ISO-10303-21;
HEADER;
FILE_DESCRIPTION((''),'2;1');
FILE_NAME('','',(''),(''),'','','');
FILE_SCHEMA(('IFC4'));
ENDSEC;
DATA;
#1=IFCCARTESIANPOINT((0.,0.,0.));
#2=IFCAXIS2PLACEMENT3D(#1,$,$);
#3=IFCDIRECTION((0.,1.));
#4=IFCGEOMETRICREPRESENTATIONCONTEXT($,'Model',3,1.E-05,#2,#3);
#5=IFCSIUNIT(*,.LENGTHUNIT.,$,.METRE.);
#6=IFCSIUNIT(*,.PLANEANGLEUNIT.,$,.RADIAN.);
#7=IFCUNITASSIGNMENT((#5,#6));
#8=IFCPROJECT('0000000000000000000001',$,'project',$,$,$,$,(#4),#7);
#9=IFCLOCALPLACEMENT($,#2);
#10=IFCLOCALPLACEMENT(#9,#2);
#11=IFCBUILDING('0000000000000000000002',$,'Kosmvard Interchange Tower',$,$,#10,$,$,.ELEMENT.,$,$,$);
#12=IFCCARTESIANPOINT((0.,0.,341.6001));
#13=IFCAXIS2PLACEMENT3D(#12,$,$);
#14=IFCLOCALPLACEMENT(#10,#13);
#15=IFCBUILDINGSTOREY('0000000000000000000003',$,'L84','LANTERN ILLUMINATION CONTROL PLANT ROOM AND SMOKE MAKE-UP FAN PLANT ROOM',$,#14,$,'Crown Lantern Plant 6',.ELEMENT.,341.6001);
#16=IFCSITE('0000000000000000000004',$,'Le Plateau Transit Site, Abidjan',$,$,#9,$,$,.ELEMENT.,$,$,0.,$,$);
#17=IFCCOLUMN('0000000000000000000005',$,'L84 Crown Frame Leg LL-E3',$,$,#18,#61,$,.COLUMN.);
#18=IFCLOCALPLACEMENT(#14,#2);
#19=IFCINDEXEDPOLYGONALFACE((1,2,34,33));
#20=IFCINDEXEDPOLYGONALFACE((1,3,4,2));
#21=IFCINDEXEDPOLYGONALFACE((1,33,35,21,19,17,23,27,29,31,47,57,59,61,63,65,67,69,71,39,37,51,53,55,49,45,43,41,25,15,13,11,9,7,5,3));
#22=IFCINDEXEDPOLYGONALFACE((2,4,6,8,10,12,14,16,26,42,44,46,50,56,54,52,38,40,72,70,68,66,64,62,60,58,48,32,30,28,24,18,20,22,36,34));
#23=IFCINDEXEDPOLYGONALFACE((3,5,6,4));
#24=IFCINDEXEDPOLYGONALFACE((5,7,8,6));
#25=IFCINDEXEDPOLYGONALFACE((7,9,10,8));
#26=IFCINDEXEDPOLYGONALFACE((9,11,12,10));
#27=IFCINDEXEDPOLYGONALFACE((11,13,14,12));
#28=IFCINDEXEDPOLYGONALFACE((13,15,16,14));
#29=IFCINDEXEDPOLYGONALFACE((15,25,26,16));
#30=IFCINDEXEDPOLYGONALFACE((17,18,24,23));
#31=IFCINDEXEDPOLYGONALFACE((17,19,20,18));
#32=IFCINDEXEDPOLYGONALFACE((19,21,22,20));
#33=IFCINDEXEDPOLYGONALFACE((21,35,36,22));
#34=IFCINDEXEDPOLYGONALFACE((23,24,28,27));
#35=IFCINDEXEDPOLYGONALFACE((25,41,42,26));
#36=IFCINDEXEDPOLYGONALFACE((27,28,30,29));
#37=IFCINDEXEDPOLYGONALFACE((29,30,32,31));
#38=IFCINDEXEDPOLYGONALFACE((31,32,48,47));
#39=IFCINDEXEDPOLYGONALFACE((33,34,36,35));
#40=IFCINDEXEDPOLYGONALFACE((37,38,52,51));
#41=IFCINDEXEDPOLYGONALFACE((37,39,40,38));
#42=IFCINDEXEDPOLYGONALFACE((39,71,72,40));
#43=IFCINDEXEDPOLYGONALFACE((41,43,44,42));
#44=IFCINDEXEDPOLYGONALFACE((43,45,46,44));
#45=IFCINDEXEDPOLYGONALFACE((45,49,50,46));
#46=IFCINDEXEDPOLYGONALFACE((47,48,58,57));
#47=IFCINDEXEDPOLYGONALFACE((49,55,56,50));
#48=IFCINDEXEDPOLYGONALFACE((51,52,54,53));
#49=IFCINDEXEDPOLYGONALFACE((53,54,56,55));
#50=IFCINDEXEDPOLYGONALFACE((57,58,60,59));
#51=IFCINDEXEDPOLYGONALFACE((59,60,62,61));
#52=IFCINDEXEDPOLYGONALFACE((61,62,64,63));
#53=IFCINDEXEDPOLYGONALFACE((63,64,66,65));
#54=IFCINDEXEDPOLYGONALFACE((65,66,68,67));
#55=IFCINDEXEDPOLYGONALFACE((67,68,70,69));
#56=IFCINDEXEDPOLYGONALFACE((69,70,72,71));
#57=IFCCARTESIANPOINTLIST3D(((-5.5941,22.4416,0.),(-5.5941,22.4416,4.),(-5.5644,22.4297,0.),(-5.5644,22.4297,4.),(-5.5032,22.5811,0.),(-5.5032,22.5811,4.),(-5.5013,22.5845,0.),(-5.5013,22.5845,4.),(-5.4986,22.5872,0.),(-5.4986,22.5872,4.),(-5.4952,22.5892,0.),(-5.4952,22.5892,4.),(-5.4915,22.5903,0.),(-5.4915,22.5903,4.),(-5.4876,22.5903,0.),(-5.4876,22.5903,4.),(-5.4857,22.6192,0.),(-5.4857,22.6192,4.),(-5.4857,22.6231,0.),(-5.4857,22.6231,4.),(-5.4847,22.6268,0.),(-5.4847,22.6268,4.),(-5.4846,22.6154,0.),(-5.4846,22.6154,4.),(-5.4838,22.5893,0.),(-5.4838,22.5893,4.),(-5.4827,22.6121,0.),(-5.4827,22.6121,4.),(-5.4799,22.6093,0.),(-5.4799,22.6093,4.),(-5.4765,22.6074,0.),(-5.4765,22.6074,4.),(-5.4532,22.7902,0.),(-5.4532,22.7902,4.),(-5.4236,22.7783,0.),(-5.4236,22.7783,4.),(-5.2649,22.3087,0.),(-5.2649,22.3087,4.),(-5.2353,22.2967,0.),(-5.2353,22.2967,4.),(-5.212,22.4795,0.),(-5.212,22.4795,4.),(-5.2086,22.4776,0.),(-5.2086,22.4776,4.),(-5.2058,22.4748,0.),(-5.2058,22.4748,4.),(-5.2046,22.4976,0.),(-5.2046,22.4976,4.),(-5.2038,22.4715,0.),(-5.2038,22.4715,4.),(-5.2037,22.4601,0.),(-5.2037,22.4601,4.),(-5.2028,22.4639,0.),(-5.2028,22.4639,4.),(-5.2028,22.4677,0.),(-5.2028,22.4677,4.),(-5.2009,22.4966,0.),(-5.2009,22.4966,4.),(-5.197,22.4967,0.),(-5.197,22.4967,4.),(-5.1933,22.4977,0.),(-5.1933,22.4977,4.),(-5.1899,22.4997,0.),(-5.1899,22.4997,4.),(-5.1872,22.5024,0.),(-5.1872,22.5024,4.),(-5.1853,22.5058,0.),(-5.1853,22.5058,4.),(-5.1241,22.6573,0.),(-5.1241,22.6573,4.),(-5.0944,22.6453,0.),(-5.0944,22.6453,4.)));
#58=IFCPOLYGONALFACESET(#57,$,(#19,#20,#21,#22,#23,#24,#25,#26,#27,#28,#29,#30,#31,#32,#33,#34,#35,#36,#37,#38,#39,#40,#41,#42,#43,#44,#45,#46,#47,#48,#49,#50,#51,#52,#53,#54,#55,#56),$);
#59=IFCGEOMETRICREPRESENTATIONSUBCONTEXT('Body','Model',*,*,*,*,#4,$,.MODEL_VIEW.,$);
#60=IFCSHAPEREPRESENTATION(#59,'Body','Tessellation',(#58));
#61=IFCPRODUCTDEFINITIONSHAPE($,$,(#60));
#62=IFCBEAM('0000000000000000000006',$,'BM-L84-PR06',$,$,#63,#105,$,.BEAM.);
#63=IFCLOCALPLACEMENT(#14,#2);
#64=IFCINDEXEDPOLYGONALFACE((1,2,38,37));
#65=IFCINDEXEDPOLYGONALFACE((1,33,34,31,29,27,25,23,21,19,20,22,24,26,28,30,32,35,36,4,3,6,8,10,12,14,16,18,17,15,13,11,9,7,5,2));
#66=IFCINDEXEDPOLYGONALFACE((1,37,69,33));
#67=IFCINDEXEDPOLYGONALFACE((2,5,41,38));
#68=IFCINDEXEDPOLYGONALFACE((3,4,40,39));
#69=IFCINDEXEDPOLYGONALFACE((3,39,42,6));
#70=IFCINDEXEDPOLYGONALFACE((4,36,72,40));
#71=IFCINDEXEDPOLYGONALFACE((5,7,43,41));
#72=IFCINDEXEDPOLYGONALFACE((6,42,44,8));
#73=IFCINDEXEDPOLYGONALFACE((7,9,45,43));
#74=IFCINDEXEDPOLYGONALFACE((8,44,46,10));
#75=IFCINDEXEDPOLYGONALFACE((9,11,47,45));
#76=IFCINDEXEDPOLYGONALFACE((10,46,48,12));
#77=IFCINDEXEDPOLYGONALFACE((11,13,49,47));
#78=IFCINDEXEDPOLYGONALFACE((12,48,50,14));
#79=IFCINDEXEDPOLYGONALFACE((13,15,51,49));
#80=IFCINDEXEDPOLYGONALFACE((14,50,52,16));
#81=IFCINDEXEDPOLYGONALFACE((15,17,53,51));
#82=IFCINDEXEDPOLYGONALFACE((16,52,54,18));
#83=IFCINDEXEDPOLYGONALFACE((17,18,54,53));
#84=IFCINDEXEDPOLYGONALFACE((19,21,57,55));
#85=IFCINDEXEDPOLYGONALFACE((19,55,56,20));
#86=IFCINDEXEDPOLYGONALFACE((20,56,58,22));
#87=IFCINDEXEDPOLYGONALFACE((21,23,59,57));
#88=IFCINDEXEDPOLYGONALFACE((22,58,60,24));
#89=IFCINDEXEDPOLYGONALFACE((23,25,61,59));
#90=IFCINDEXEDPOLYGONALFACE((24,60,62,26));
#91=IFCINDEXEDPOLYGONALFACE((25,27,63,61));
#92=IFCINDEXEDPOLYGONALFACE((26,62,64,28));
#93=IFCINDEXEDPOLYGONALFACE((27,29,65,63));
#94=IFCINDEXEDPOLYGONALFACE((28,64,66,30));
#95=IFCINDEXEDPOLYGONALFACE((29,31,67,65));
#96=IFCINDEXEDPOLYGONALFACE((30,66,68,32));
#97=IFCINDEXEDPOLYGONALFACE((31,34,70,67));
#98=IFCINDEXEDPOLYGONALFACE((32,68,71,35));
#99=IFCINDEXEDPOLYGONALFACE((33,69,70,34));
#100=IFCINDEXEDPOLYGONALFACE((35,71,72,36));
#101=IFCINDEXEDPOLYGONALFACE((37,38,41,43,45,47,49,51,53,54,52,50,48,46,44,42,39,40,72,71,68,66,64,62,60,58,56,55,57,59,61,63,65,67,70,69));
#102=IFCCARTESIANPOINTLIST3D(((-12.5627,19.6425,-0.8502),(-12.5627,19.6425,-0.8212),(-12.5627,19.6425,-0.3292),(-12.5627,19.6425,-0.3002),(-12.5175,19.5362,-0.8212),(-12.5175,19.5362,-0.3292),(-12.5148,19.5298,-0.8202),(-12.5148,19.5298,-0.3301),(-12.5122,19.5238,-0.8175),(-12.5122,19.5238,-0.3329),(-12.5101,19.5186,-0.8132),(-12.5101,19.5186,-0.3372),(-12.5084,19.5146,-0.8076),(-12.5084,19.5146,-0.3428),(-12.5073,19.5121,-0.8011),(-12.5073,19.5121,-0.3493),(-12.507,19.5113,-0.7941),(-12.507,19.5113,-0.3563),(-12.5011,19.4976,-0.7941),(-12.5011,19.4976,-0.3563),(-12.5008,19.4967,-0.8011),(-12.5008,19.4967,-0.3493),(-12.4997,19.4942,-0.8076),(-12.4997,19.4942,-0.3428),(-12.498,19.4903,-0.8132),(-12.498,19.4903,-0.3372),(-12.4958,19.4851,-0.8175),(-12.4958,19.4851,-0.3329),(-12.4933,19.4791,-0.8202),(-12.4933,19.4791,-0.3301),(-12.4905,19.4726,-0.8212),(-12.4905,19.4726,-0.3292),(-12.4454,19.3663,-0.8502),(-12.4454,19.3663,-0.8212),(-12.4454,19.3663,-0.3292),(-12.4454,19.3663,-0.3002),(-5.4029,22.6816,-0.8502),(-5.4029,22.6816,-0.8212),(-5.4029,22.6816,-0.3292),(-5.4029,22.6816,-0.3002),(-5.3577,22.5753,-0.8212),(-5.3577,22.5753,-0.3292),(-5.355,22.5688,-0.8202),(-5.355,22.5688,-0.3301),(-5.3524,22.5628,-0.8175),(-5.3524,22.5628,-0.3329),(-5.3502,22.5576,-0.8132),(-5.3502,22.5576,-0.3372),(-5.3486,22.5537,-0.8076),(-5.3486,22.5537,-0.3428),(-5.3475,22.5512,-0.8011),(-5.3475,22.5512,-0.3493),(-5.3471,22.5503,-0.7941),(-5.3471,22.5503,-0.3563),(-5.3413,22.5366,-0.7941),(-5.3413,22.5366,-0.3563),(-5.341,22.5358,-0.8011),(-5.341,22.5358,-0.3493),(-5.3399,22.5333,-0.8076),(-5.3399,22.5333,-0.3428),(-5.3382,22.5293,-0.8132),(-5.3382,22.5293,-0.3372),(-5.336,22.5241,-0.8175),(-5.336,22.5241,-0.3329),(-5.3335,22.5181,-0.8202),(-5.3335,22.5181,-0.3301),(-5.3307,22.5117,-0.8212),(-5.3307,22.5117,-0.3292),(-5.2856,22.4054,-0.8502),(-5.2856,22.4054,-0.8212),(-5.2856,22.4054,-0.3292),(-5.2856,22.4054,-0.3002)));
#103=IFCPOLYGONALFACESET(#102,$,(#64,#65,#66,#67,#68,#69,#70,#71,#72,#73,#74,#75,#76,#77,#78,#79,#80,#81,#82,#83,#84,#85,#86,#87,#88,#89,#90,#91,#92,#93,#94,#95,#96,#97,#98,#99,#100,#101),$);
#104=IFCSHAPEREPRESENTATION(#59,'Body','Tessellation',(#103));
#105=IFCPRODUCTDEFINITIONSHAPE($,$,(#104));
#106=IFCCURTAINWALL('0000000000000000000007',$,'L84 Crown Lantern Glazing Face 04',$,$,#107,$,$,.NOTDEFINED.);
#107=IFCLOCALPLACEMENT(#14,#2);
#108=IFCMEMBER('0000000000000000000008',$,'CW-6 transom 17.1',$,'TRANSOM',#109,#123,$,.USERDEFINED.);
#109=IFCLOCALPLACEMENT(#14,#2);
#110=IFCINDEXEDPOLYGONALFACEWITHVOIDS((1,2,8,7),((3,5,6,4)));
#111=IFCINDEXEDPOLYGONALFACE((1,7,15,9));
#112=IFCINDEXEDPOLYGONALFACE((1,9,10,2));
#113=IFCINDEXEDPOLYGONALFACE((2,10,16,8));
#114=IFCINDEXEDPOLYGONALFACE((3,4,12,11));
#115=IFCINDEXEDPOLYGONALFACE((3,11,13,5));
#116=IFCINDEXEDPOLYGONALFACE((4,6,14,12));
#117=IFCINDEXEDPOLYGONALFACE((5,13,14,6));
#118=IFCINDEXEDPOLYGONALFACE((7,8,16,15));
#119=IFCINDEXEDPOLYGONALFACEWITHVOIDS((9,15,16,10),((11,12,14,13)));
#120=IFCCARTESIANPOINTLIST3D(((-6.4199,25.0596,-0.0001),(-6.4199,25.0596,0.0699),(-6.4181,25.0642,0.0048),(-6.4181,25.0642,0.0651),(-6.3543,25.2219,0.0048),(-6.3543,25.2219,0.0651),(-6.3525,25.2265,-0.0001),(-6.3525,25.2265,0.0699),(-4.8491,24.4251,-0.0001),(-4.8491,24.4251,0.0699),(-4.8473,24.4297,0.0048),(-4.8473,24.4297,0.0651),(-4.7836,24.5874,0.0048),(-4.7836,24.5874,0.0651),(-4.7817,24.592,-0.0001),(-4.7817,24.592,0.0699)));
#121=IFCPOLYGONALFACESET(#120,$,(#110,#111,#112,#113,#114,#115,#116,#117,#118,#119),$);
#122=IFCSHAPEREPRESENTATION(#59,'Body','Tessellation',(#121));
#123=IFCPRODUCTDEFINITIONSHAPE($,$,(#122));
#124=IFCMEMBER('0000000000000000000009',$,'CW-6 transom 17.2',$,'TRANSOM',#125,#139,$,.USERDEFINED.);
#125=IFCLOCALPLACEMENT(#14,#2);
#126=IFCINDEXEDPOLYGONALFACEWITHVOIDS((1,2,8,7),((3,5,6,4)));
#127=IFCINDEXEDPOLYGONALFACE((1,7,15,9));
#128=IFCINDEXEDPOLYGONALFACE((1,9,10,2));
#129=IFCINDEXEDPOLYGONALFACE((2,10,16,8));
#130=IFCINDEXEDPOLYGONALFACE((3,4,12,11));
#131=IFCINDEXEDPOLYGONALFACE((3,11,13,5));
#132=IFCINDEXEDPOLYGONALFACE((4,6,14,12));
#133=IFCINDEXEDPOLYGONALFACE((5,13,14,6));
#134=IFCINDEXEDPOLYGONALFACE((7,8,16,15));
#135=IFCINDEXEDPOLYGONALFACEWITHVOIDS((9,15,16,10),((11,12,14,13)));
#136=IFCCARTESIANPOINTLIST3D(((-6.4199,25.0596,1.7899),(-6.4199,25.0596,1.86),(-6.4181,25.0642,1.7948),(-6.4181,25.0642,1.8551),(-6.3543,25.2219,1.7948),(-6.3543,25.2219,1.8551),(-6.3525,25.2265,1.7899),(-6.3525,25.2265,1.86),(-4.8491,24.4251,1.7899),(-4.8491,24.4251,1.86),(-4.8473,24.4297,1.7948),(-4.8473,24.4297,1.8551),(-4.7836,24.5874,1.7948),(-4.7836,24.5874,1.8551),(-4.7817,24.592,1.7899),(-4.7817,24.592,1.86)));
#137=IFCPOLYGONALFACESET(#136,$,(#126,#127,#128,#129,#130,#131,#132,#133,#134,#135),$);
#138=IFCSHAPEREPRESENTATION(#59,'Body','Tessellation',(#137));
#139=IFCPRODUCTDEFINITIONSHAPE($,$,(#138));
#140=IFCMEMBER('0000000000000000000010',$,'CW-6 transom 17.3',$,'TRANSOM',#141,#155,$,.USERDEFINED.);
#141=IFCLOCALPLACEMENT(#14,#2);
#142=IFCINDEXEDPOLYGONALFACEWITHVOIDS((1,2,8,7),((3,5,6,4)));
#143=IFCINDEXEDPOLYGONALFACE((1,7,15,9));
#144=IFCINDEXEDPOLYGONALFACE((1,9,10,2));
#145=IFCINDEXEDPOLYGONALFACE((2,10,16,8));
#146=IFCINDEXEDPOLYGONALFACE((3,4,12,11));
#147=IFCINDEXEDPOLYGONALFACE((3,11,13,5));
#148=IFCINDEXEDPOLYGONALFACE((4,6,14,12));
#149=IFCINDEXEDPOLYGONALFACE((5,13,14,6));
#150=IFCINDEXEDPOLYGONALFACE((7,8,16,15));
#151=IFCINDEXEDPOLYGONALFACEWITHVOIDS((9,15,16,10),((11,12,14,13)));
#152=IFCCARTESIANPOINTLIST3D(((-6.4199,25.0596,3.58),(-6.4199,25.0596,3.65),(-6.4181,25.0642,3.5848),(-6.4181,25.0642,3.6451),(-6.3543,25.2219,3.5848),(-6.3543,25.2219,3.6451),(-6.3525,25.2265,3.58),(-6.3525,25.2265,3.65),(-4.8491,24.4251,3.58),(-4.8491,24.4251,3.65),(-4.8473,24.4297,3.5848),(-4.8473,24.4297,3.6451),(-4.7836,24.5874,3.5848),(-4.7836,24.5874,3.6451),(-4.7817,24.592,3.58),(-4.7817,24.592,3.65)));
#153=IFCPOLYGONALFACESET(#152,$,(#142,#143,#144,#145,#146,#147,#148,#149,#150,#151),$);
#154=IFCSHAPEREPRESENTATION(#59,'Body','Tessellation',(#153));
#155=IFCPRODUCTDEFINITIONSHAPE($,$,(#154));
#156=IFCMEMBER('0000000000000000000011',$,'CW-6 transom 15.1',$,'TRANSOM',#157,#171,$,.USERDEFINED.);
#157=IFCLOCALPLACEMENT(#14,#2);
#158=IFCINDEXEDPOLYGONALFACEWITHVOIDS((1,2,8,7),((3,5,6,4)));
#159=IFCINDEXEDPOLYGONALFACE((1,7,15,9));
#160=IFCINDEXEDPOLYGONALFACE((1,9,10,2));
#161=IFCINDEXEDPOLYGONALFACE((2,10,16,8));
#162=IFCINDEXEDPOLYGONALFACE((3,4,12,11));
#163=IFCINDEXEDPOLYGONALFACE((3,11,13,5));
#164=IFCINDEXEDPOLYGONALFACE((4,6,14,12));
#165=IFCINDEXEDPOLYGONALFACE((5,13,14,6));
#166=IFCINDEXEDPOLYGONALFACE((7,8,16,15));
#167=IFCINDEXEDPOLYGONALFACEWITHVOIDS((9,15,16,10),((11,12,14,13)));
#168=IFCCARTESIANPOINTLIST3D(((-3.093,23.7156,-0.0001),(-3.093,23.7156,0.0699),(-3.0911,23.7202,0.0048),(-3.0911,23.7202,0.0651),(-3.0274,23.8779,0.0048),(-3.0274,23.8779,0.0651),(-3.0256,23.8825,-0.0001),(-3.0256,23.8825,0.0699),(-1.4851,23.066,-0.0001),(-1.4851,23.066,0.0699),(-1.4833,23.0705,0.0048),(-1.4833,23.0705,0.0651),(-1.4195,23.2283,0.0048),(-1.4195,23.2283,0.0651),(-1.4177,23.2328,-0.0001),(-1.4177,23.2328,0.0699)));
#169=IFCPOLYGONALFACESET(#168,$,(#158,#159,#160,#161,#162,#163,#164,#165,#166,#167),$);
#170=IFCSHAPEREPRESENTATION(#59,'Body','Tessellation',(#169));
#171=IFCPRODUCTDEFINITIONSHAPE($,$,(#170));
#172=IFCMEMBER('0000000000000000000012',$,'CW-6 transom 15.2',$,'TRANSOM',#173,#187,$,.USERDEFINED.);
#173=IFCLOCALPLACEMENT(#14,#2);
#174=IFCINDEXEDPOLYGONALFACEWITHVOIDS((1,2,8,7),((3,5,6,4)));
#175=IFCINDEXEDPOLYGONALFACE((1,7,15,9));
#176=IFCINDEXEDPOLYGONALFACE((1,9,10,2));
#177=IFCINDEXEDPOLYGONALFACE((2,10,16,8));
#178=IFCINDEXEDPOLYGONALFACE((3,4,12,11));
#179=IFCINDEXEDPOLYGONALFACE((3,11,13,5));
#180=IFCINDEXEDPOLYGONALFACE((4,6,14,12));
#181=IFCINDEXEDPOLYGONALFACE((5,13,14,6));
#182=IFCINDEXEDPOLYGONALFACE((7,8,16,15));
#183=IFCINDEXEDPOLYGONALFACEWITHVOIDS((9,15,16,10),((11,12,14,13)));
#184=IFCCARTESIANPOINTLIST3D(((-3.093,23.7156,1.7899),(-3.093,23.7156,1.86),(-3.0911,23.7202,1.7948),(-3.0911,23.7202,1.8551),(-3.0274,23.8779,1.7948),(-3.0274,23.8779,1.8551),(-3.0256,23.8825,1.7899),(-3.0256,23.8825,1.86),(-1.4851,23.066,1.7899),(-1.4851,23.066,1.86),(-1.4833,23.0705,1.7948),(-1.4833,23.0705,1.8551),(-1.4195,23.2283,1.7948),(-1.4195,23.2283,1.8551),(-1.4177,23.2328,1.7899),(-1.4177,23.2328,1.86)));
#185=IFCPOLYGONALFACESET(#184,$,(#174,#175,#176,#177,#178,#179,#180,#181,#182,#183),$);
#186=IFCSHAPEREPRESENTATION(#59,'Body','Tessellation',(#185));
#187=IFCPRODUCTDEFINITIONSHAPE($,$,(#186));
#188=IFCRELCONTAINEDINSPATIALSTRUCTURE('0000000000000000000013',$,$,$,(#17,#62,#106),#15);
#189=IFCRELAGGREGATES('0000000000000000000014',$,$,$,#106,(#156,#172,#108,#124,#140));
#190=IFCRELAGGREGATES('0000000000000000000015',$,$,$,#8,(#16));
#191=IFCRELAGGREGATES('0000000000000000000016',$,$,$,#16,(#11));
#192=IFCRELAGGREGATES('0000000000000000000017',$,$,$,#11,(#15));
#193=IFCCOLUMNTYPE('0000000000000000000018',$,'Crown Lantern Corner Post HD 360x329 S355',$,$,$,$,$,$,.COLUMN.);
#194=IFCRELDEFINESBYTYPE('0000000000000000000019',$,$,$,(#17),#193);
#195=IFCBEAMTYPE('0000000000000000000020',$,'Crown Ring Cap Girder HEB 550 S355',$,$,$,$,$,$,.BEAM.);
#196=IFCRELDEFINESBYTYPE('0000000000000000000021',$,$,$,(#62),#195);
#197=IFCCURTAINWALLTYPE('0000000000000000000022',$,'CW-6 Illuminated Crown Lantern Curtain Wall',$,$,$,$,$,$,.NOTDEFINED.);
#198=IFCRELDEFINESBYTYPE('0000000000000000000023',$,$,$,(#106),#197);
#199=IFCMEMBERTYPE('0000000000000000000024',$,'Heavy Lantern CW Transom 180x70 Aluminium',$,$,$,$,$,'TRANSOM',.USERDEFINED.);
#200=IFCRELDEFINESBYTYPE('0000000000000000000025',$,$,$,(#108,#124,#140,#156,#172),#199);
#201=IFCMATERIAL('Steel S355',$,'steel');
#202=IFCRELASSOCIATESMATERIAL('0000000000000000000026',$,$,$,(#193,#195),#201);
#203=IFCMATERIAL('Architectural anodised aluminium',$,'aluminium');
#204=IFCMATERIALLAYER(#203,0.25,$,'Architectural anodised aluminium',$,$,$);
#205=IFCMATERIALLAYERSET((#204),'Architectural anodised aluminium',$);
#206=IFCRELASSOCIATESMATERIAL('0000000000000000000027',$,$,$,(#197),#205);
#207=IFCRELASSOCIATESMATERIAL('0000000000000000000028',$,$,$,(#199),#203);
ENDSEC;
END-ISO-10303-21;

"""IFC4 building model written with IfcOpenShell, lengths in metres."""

from ifc_helpers import new_model, si_unit, direction, frame, origin, origin_2d, place, context, subcontext, project, spatial, hollow_rectangle, i_section, extrude, source, transform, mapped, material, layer, layer_set, material_profile, profile_set, type_object, element, aggregate, save


model = new_model("IFC4")

# Units and contexts
model_context = context("Model", 3, precision=1e-05, world=origin(), true_north=direction((0.0, 1.0)))
body_context = subcontext(model_context, "Body", "Model", "MODEL_VIEW")
ifc_project = project(units=[si_unit("LENGTHUNIT", "METRE"), si_unit("PLANEANGLEUNIT", "RADIAN")], contexts=[model_context])

# Site, building, storey
site_placement = place(None, origin())
site = spatial("IfcSite", under=ifc_project, at=site_placement, Name="Le Plateau Transit Site, Abidjan", CompositionType="ELEMENT", RefElevation=0.0)
building_placement = place(site_placement, origin())
building = spatial("IfcBuilding", under=site, at=building_placement, Name="Kosmvard Interchange Tower", CompositionType="ELEMENT")
storey_placement = place(building_placement, frame((0.0, 0.0, 341.6001)))
storey = spatial("IfcBuildingStorey", under=building, at=storey_placement, Name="L84", Description="LANTERN ILLUMINATION CONTROL PLANT ROOM AND SMOKE MAKE-UP FAN PLANT ROOM", LongName="Crown Lantern Plant 6", CompositionType="ELEMENT", Elevation=341.6001)

# Column
ifc_material_1 = material(Name="Steel S355", Category="steel")
ifc_material_profile_1 = material_profile(ifc_material_1, i_section(OverallWidth=0.376, OverallDepth=0.387, WebThickness=0.0195, FlangeThickness=0.032, FilletRadius=0.0149, at=origin_2d()), Name="HD 360x329")
ifc_profile_set_1 = profile_set([ifc_material_profile_1], Name="Steel S355")
column_type = type_object("IfcColumnType", Name="Crown Lantern Corner Post HD 360x329 S355", PredefinedType="COLUMN", material=ifc_profile_set_1)
shared_shape_1 = source(origin(), body_context, "Body", "SweptSolid", [
    extrude(i_section(OverallWidth=0.376, OverallDepth=0.387, WebThickness=0.0195, FlangeThickness=0.032, FilletRadius=0.0149, at=origin_2d()), origin(), (0.0, 0.0, 1.0), 4.0),
])
column_placement = place(storey_placement, frame((-5.3442, 22.5435, 0.0), z_axis=(0.0, 0.0, 1.0), x_axis=(0.374607, 0.927184, 0.0)))
element("IfcColumn", 1, at=column_placement, inside=storey, type_object=column_type, Name="L84 Crown Frame Leg LL-E3", PredefinedType="COLUMN", context=body_context, shape_type="MappedRepresentation", body=[
    mapped(shared_shape_1, transform((0.0, 0.0, 0.0), scale=1.0)),
])

# Beam
ifc_material_profile_2 = material_profile(ifc_material_1, i_section(OverallWidth=0.3, OverallDepth=0.55, WebThickness=0.0149, FlangeThickness=0.0291, FilletRadius=0.0271, at=origin_2d()), Name="HEB 550")
ifc_profile_set_2 = profile_set([ifc_material_profile_2], Name="Steel S355")
beam_type = type_object("IfcBeamType", Name="Crown Ring Cap Girder HEB 550 S355", PredefinedType="BEAM", material=ifc_profile_set_2)
shared_shape_2 = source(origin(), body_context, "Body", "SweptSolid", [
    extrude(i_section(OverallWidth=0.3, OverallDepth=0.55, WebThickness=0.0149, FlangeThickness=0.0291, FilletRadius=0.0271, at=origin_2d()), origin(), (0.0, 0.0, 1.0), 7.7781),
])
beam_placement = place(storey_placement, frame((-5.3442, 22.5435, -0.5752), z_axis=(-0.920511, -0.390716, 0.0), x_axis=(0.390716, -0.920511, 0.0)))
element("IfcBeam", 2, at=beam_placement, inside=storey, type_object=beam_type, Name="BM-L84-PR06", PredefinedType="BEAM", context=body_context, shape_type="MappedRepresentation", body=[
    mapped(shared_shape_2, transform((0.0, 0.0, 0.0), scale=1.0)),
])

# Curtain wall, members
ifc_material_2 = material(Name="Architectural anodised aluminium", Category="aluminium")
ifc_layer_1 = layer(ifc_material_2, 0.25, Name="Architectural anodised aluminium")
ifc_layer_set_1 = layer_set([ifc_layer_1], Name="Architectural anodised aluminium")
curtain_wall_type = type_object("IfcCurtainWallType", Name="CW-6 Illuminated Crown Lantern Curtain Wall", PredefinedType="NOTDEFINED", material=ifc_layer_set_1)
curtain_wall_placement = place(storey_placement, origin())
curtain_wall = element("IfcCurtainWall", 3, at=curtain_wall_placement, inside=storey, type_object=curtain_wall_type, Name="L84 Crown Lantern Glazing Face 04", PredefinedType="NOTDEFINED")
ifc_material_profile_3 = material_profile(ifc_material_2, hollow_rectangle(XDim=0.1799, YDim=0.0701, WallThickness=0.0049, at=origin_2d()), Name="CWT 180x70x5")
ifc_profile_set_3 = profile_set([ifc_material_profile_3], Name="Architectural anodised aluminium")
member_type_1 = type_object("IfcMemberType", Name="Heavy Lantern CW Transom 180x70 Aluminium", ElementType="TRANSOM", PredefinedType="USERDEFINED", material=ifc_profile_set_3)
shared_shape_3 = source(origin(), body_context, "Body", "SweptSolid", [
    extrude(hollow_rectangle(XDim=0.1799, YDim=0.0701, WallThickness=0.0049, at=origin_2d()), origin(), (0.0, 0.0, 1.0), 1.6941),
])
member_1_placement = place(storey_placement, frame((-4.8154, 24.5085, 0.0349), z_axis=(-0.927209, 0.374544, 0.0), x_axis=(-0.374544, -0.927209, 0.0)))
member_1 = element("IfcMember", 4, at=member_1_placement, type_object=member_type_1, Name="CW-6 transom 17.1", ObjectType="TRANSOM", PredefinedType="USERDEFINED", context=body_context, shape_type="MappedRepresentation", body=[
    mapped(shared_shape_3, transform((0.0, 0.0, 0.0), scale=1.0)),
])
member_2_placement = place(storey_placement, frame((-4.8154, 24.5085, 1.825), z_axis=(-0.927209, 0.374544, 0.0), x_axis=(-0.374544, -0.927209, 0.0)))
member_2 = element("IfcMember", 5, at=member_2_placement, type_object=member_type_1, Name="CW-6 transom 17.2", ObjectType="TRANSOM", PredefinedType="USERDEFINED", context=body_context, shape_type="MappedRepresentation", body=[
    mapped(shared_shape_3, transform((0.0, 0.0, 0.0), scale=1.0)),
])
member_3_placement = place(storey_placement, frame((-4.8154, 24.5085, 3.615), z_axis=(-0.927209, 0.374544, 0.0), x_axis=(-0.374544, -0.927209, 0.0)))
member_3 = element("IfcMember", 6, at=member_3_placement, type_object=member_type_1, Name="CW-6 transom 17.3", ObjectType="TRANSOM", PredefinedType="USERDEFINED", context=body_context, shape_type="MappedRepresentation", body=[
    mapped(shared_shape_3, transform((0.0, 0.0, 0.0), scale=1.0)),
])
shared_shape_4 = source(origin(), body_context, "Body", "SweptSolid", [
    extrude(hollow_rectangle(XDim=0.1799, YDim=0.0701, WallThickness=0.0049, at=origin_2d()), origin(), (0.0, 0.0, 1.0), 1.7341),
])
member_4_placement = place(storey_placement, frame((-1.4514, 23.1494, 0.0349), z_axis=(-0.92718, 0.374617, 0.0), x_axis=(-0.374617, -0.92718, 0.0)))
member_4 = element("IfcMember", 7, at=member_4_placement, type_object=member_type_1, Name="CW-6 transom 15.1", ObjectType="TRANSOM", PredefinedType="USERDEFINED", context=body_context, shape_type="MappedRepresentation", body=[
    mapped(shared_shape_4, transform((0.0, 0.0, 0.0), scale=1.0)),
])
member_5_placement = place(storey_placement, frame((-1.4514, 23.1494, 1.825), z_axis=(-0.92718, 0.374617, 0.0), x_axis=(-0.374617, -0.92718, 0.0)))
member_5 = element("IfcMember", 8, at=member_5_placement, type_object=member_type_1, Name="CW-6 transom 15.2", ObjectType="TRANSOM", PredefinedType="USERDEFINED", context=body_context, shape_type="MappedRepresentation", body=[
    mapped(shared_shape_4, transform((0.0, 0.0, 0.0), scale=1.0)),
])

aggregate(curtain_wall, [member_4, member_5, member_1, member_2, member_3])

save(model, "model.ifc")
